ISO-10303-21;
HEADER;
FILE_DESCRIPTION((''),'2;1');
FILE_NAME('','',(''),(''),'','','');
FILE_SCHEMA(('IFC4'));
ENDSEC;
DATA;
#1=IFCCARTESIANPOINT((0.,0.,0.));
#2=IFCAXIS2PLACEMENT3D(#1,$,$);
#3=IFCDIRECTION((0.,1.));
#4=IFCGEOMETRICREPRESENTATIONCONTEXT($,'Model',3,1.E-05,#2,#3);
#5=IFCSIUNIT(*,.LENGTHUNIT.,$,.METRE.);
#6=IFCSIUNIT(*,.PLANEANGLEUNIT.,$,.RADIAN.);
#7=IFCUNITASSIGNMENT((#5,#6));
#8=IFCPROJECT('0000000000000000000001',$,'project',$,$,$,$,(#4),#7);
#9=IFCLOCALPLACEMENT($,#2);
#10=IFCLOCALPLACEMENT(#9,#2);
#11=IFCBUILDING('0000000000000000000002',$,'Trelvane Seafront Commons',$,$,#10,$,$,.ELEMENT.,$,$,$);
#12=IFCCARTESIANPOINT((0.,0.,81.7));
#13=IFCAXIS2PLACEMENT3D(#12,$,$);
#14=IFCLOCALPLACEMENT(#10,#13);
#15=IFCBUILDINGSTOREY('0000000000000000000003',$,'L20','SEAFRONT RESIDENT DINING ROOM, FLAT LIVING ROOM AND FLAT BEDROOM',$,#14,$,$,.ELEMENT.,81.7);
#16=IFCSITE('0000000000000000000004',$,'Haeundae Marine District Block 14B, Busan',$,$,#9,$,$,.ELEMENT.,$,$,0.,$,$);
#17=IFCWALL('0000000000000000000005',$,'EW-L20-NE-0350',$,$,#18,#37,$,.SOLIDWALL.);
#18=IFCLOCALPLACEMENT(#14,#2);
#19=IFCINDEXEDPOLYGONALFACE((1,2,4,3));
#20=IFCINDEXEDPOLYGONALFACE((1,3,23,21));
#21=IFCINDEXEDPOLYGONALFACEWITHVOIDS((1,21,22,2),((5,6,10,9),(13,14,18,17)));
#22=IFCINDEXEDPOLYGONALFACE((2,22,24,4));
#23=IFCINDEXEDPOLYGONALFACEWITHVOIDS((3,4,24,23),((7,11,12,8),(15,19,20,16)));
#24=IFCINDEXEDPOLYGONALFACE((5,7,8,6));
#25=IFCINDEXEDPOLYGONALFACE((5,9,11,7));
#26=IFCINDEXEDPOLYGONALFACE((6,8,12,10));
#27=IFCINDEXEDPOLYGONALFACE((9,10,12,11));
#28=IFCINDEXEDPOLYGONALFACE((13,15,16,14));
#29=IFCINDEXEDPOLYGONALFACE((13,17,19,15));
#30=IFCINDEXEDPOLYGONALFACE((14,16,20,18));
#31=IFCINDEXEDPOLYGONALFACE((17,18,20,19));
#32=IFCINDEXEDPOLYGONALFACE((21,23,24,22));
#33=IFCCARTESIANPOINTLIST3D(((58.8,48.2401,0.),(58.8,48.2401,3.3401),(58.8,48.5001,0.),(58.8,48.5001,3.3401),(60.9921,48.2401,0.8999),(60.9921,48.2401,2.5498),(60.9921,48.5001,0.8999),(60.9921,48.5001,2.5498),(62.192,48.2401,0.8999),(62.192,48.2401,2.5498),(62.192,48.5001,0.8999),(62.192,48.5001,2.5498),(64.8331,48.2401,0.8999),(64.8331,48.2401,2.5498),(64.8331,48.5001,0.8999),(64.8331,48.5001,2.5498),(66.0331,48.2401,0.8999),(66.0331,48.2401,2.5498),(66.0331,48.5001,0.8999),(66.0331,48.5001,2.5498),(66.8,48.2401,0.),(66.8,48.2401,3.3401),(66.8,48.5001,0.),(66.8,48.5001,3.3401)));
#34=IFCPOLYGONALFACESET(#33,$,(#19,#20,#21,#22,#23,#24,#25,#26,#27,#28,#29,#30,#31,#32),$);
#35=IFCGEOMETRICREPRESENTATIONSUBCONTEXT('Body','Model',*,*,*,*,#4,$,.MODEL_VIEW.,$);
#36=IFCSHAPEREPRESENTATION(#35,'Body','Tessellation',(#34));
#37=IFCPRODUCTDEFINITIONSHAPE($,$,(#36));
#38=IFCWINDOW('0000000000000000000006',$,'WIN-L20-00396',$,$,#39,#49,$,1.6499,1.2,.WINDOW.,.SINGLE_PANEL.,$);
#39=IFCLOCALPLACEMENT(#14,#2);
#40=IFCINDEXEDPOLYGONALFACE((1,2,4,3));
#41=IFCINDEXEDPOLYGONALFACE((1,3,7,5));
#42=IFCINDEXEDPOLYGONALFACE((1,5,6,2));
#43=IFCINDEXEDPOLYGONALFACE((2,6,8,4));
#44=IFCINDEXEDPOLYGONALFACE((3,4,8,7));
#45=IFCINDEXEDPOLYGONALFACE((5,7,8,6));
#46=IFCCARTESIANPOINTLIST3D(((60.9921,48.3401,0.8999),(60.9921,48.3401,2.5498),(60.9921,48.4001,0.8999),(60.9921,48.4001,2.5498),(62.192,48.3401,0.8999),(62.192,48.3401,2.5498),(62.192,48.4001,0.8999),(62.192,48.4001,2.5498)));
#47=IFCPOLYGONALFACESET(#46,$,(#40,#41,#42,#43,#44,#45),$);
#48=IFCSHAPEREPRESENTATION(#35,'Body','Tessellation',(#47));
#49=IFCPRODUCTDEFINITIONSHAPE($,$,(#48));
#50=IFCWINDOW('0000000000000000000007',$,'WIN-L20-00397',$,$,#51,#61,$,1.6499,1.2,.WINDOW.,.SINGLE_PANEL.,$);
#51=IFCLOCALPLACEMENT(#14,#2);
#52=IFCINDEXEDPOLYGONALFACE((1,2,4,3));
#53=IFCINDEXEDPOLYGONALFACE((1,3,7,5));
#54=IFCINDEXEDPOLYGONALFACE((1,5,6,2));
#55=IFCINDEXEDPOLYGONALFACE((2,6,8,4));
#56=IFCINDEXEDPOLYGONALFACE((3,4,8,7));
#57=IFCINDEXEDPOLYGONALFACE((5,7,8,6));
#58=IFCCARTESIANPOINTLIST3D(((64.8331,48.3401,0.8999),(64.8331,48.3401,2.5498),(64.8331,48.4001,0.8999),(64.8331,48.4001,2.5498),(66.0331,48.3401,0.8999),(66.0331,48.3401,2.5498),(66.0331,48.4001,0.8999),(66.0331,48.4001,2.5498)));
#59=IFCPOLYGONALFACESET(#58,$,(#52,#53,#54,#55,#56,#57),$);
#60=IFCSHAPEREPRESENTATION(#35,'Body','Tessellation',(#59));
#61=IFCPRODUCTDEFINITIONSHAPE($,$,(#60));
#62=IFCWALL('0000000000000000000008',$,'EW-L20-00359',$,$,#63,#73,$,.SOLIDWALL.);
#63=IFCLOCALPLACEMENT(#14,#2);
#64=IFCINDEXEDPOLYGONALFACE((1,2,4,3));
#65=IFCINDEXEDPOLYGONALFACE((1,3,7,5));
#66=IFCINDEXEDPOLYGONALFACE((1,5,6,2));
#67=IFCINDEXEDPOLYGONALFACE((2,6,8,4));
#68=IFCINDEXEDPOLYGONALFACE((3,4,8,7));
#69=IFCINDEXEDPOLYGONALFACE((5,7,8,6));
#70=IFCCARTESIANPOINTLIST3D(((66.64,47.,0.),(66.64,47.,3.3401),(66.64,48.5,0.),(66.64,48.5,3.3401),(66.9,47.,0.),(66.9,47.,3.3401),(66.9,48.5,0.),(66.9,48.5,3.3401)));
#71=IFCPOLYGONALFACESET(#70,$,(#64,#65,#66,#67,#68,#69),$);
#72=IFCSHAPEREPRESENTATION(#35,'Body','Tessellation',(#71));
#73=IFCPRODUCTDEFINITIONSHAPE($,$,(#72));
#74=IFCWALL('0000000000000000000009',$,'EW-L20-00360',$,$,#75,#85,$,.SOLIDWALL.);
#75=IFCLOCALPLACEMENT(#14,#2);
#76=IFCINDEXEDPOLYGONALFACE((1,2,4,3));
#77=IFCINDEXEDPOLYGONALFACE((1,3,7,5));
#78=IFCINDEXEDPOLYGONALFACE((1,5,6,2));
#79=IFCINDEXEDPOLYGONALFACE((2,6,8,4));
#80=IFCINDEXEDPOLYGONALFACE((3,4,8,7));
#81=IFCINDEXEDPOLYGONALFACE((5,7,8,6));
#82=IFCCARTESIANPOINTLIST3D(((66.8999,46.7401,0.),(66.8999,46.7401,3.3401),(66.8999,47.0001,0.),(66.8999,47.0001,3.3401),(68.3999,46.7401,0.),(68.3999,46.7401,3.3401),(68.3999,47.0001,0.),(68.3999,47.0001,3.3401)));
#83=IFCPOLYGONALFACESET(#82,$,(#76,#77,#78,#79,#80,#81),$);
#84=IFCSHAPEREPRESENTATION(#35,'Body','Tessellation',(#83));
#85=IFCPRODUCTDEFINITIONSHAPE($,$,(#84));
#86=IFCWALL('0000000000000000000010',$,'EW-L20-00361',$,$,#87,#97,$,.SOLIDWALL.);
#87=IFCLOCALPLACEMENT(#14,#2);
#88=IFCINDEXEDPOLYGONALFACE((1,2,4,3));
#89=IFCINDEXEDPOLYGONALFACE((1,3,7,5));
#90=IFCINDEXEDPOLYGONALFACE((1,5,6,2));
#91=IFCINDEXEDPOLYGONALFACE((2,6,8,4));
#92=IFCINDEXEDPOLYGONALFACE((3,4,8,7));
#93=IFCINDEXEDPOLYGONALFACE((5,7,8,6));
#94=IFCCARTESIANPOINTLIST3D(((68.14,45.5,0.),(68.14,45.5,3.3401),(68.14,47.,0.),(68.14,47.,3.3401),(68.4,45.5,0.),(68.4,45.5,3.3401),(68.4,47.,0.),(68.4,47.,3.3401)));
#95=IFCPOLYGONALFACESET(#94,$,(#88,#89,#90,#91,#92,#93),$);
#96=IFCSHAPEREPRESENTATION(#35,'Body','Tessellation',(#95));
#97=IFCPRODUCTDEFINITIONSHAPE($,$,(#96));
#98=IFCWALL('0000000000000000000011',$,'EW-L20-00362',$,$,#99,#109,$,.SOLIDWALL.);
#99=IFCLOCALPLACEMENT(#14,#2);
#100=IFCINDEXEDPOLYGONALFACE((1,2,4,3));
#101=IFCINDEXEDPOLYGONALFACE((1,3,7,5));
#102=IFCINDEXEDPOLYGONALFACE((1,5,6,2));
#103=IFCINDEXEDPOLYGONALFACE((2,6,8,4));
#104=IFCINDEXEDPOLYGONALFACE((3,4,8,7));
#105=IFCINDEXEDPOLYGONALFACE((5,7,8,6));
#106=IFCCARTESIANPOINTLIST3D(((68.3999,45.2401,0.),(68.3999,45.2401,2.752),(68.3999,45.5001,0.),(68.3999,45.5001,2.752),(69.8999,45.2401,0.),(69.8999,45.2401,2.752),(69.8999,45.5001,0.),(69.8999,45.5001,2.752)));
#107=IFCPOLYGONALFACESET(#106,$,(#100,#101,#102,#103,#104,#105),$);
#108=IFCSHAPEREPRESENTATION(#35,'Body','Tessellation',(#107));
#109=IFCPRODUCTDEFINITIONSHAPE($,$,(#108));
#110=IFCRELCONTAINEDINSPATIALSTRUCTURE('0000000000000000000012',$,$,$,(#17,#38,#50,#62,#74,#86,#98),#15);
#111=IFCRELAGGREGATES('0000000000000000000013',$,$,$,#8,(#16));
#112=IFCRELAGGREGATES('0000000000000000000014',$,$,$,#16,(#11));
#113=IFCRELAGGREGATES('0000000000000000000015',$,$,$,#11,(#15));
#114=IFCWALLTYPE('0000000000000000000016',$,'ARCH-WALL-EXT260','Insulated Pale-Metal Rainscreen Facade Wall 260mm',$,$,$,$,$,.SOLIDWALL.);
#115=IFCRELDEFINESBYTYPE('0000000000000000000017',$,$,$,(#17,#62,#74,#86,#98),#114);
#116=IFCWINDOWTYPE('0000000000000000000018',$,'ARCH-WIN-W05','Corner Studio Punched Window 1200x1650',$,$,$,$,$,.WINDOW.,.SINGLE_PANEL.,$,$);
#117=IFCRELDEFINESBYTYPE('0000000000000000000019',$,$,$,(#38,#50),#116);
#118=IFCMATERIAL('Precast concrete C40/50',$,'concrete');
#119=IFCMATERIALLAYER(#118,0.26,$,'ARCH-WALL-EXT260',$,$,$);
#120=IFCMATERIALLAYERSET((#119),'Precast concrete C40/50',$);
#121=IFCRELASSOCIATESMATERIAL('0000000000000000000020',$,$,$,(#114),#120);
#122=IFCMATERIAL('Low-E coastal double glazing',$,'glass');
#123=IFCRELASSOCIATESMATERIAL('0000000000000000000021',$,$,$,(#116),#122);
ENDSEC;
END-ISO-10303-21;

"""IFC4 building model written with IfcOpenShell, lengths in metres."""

from ifc_helpers import new_model, si_unit, direction, frame, frame_2d, origin, place, context, subcontext, project, spatial, rectangle, extrude, source, transform, mapped, material, layer, layer_set, type_object, element, fill, save


model = new_model("IFC4")

# Units and contexts
model_context = context("Model", 3, precision=1e-05, world=origin(), true_north=direction((0.0, 1.0)))
body_context = subcontext(model_context, "Body", "Model", "MODEL_VIEW")
ifc_project = project(units=[si_unit("LENGTHUNIT", "METRE"), si_unit("PLANEANGLEUNIT", "RADIAN")], contexts=[model_context])

# Site, building, storey
site_placement = place(None, origin())
site = spatial("IfcSite", under=ifc_project, at=site_placement, Name="Haeundae Marine District Block 14B, Busan", CompositionType="ELEMENT", RefElevation=0.0)
building_placement = place(site_placement, origin())
building = spatial("IfcBuilding", under=site, at=building_placement, Name="Trelvane Seafront Commons", CompositionType="ELEMENT")
storey_placement = place(building_placement, frame((0.0, 0.0, 81.7)))
storey = spatial("IfcBuildingStorey", under=building, at=storey_placement, Name="L20", Description="SEAFRONT RESIDENT DINING ROOM, FLAT LIVING ROOM AND FLAT BEDROOM", CompositionType="ELEMENT", Elevation=81.7)

# Wall, openings, windows
ifc_material_1 = material(Name="Precast concrete C40/50", Category="concrete")
ifc_layer_1 = layer(ifc_material_1, 0.26, Name="ARCH-WALL-EXT260")
ifc_layer_set_1 = layer_set([ifc_layer_1], Name="Precast concrete C40/50")
wall_type_1 = type_object("IfcWallType", Name="ARCH-WALL-EXT260", Description="Insulated Pale-Metal Rainscreen Facade Wall 260mm", PredefinedType="SOLIDWALL", material=ifc_layer_set_1)
wall_1_placement = place(storey_placement, frame((58.8, 48.3701, 0.0), z_axis=(0.0, 0.0, 1.0), x_axis=(1.0, 0.0, 0.0)))
wall_1 = element("IfcWall", 1, at=wall_1_placement, inside=storey, type_object=wall_type_1, Name="EW-L20-NE-0350", PredefinedType="SOLIDWALL", context=body_context, shape_type="SweptSolid", body=[
    extrude(rectangle(XDim=8.0, YDim=0.26, at=frame_2d((4.0, 0.0))), origin(), (0.0, 0.0, 1.0), 3.3401),
])
opening_1_placement = place(wall_1_placement, frame((2.1919, 0.0, 0.8999)))
opening_1 = element("IfcOpeningElement", 2, at=opening_1_placement, cuts=wall_1, PredefinedType="OPENING", context=body_context, shape_type="SweptSolid", body=[
    extrude(rectangle(XDim=1.2, YDim=1.6499, at=frame_2d((0.6001, 0.825))), frame((0.0, 0.1399, 0.0), z_axis=(0.0, -1.0, 0.0), x_axis=(1.0, 0.0, 0.0)), (0.0, 0.0, 1.0), 0.28),
])
opening_2_placement = place(wall_1_placement, frame((6.033, 0.0, 0.8999)))
opening_2 = element("IfcOpeningElement", 3, at=opening_2_placement, cuts=wall_1, PredefinedType="OPENING", context=body_context, shape_type="SweptSolid", body=[
    extrude(rectangle(XDim=1.2, YDim=1.6499, at=frame_2d((0.6001, 0.825))), frame((0.0, 0.1399, 0.0), z_axis=(0.0, -1.0, 0.0), x_axis=(1.0, 0.0, 0.0)), (0.0, 0.0, 1.0), 0.28),
])
ifc_material_2 = material(Name="Low-E coastal double glazing", Category="glass")
window_type_1 = type_object("IfcWindowType", Name="ARCH-WIN-W05", Description="Corner Studio Punched Window 1200x1650", PartitioningType="SINGLE_PANEL", PredefinedType="WINDOW", material=ifc_material_2)
shared_shape_1 = source(origin(), body_context, "Body", "SweptSolid", [
    extrude(rectangle(XDim=1.2, YDim=1.6499, at=frame_2d((0.6001, 0.825))), frame((0.0, 0.03, 0.0), z_axis=(0.0, -1.0, 0.0), x_axis=(1.0, 0.0, 0.0)), (0.0, 0.0, 1.0), 0.0601),
])
window_1_placement = place(opening_1_placement, origin())
window_1 = element("IfcWindow", 4, at=window_1_placement, inside=storey, type_object=window_type_1, Name="WIN-L20-00396", OverallHeight=1.6499, OverallWidth=1.2, PartitioningType="SINGLE_PANEL", PredefinedType="WINDOW", context=body_context, shape_type="MappedRepresentation", body=[
    mapped(shared_shape_1, transform((0.0, 0.0, 0.0), x_axis=(1.0, 0.0, 0.0), y_axis=(0.0, 1.0, 0.0), z_axis=(0.0, 0.0, 1.0), scale=1.0)),
])
fill(opening_1, window_1)
window_2_placement = place(opening_2_placement, origin())
window_2 = element("IfcWindow", 5, at=window_2_placement, inside=storey, type_object=window_type_1, Name="WIN-L20-00397", OverallHeight=1.6499, OverallWidth=1.2, PartitioningType="SINGLE_PANEL", PredefinedType="WINDOW", context=body_context, shape_type="MappedRepresentation", body=[
    mapped(shared_shape_1, transform((0.0, 0.0, 0.0), x_axis=(1.0, 0.0, 0.0), y_axis=(0.0, 1.0, 0.0), z_axis=(0.0, 0.0, 1.0), scale=1.0)),
])
fill(opening_2, window_2)

# Walls
for number, where, z_axis, x_axis, name in (
    (6, (66.77, 48.5, 0.0), (0.0, 0.0, 1.0), (0.0, -1.0, 0.0), "EW-L20-00359"),
    (7, (66.8999, 46.8701, 0.0), (0.0, 0.0, 1.0), (1.0, 0.0, 0.0), "EW-L20-00360"),
    (8, (68.27, 47.0, 0.0), (0.0, 0.0, 1.0), (0.0, -1.0, 0.0), "EW-L20-00361"),
):
    element("IfcWall", number, at=place(storey_placement, frame(where, z_axis=z_axis, x_axis=x_axis)), inside=storey, type_object=wall_type_1, Name=name, PredefinedType="SOLIDWALL", context=body_context, shape_type="SweptSolid", body=[
        extrude(rectangle(XDim=1.5, YDim=0.26, at=frame_2d((0.75, 0.0))), origin(), (0.0, 0.0, 1.0), 3.3401),
    ])
wall_2_placement = place(storey_placement, frame((68.3999, 45.3701, 0.0), z_axis=(0.0, 0.0, 1.0), x_axis=(1.0, 0.0, 0.0)))
element("IfcWall", 9, at=wall_2_placement, inside=storey, type_object=wall_type_1, Name="EW-L20-00362", PredefinedType="SOLIDWALL", context=body_context, shape_type="SweptSolid", body=[
    extrude(rectangle(XDim=1.5, YDim=0.26, at=frame_2d((0.75, 0.0))), origin(), (0.0, 0.0, 1.0), 2.752),
])

save(model, "model.ifc")
